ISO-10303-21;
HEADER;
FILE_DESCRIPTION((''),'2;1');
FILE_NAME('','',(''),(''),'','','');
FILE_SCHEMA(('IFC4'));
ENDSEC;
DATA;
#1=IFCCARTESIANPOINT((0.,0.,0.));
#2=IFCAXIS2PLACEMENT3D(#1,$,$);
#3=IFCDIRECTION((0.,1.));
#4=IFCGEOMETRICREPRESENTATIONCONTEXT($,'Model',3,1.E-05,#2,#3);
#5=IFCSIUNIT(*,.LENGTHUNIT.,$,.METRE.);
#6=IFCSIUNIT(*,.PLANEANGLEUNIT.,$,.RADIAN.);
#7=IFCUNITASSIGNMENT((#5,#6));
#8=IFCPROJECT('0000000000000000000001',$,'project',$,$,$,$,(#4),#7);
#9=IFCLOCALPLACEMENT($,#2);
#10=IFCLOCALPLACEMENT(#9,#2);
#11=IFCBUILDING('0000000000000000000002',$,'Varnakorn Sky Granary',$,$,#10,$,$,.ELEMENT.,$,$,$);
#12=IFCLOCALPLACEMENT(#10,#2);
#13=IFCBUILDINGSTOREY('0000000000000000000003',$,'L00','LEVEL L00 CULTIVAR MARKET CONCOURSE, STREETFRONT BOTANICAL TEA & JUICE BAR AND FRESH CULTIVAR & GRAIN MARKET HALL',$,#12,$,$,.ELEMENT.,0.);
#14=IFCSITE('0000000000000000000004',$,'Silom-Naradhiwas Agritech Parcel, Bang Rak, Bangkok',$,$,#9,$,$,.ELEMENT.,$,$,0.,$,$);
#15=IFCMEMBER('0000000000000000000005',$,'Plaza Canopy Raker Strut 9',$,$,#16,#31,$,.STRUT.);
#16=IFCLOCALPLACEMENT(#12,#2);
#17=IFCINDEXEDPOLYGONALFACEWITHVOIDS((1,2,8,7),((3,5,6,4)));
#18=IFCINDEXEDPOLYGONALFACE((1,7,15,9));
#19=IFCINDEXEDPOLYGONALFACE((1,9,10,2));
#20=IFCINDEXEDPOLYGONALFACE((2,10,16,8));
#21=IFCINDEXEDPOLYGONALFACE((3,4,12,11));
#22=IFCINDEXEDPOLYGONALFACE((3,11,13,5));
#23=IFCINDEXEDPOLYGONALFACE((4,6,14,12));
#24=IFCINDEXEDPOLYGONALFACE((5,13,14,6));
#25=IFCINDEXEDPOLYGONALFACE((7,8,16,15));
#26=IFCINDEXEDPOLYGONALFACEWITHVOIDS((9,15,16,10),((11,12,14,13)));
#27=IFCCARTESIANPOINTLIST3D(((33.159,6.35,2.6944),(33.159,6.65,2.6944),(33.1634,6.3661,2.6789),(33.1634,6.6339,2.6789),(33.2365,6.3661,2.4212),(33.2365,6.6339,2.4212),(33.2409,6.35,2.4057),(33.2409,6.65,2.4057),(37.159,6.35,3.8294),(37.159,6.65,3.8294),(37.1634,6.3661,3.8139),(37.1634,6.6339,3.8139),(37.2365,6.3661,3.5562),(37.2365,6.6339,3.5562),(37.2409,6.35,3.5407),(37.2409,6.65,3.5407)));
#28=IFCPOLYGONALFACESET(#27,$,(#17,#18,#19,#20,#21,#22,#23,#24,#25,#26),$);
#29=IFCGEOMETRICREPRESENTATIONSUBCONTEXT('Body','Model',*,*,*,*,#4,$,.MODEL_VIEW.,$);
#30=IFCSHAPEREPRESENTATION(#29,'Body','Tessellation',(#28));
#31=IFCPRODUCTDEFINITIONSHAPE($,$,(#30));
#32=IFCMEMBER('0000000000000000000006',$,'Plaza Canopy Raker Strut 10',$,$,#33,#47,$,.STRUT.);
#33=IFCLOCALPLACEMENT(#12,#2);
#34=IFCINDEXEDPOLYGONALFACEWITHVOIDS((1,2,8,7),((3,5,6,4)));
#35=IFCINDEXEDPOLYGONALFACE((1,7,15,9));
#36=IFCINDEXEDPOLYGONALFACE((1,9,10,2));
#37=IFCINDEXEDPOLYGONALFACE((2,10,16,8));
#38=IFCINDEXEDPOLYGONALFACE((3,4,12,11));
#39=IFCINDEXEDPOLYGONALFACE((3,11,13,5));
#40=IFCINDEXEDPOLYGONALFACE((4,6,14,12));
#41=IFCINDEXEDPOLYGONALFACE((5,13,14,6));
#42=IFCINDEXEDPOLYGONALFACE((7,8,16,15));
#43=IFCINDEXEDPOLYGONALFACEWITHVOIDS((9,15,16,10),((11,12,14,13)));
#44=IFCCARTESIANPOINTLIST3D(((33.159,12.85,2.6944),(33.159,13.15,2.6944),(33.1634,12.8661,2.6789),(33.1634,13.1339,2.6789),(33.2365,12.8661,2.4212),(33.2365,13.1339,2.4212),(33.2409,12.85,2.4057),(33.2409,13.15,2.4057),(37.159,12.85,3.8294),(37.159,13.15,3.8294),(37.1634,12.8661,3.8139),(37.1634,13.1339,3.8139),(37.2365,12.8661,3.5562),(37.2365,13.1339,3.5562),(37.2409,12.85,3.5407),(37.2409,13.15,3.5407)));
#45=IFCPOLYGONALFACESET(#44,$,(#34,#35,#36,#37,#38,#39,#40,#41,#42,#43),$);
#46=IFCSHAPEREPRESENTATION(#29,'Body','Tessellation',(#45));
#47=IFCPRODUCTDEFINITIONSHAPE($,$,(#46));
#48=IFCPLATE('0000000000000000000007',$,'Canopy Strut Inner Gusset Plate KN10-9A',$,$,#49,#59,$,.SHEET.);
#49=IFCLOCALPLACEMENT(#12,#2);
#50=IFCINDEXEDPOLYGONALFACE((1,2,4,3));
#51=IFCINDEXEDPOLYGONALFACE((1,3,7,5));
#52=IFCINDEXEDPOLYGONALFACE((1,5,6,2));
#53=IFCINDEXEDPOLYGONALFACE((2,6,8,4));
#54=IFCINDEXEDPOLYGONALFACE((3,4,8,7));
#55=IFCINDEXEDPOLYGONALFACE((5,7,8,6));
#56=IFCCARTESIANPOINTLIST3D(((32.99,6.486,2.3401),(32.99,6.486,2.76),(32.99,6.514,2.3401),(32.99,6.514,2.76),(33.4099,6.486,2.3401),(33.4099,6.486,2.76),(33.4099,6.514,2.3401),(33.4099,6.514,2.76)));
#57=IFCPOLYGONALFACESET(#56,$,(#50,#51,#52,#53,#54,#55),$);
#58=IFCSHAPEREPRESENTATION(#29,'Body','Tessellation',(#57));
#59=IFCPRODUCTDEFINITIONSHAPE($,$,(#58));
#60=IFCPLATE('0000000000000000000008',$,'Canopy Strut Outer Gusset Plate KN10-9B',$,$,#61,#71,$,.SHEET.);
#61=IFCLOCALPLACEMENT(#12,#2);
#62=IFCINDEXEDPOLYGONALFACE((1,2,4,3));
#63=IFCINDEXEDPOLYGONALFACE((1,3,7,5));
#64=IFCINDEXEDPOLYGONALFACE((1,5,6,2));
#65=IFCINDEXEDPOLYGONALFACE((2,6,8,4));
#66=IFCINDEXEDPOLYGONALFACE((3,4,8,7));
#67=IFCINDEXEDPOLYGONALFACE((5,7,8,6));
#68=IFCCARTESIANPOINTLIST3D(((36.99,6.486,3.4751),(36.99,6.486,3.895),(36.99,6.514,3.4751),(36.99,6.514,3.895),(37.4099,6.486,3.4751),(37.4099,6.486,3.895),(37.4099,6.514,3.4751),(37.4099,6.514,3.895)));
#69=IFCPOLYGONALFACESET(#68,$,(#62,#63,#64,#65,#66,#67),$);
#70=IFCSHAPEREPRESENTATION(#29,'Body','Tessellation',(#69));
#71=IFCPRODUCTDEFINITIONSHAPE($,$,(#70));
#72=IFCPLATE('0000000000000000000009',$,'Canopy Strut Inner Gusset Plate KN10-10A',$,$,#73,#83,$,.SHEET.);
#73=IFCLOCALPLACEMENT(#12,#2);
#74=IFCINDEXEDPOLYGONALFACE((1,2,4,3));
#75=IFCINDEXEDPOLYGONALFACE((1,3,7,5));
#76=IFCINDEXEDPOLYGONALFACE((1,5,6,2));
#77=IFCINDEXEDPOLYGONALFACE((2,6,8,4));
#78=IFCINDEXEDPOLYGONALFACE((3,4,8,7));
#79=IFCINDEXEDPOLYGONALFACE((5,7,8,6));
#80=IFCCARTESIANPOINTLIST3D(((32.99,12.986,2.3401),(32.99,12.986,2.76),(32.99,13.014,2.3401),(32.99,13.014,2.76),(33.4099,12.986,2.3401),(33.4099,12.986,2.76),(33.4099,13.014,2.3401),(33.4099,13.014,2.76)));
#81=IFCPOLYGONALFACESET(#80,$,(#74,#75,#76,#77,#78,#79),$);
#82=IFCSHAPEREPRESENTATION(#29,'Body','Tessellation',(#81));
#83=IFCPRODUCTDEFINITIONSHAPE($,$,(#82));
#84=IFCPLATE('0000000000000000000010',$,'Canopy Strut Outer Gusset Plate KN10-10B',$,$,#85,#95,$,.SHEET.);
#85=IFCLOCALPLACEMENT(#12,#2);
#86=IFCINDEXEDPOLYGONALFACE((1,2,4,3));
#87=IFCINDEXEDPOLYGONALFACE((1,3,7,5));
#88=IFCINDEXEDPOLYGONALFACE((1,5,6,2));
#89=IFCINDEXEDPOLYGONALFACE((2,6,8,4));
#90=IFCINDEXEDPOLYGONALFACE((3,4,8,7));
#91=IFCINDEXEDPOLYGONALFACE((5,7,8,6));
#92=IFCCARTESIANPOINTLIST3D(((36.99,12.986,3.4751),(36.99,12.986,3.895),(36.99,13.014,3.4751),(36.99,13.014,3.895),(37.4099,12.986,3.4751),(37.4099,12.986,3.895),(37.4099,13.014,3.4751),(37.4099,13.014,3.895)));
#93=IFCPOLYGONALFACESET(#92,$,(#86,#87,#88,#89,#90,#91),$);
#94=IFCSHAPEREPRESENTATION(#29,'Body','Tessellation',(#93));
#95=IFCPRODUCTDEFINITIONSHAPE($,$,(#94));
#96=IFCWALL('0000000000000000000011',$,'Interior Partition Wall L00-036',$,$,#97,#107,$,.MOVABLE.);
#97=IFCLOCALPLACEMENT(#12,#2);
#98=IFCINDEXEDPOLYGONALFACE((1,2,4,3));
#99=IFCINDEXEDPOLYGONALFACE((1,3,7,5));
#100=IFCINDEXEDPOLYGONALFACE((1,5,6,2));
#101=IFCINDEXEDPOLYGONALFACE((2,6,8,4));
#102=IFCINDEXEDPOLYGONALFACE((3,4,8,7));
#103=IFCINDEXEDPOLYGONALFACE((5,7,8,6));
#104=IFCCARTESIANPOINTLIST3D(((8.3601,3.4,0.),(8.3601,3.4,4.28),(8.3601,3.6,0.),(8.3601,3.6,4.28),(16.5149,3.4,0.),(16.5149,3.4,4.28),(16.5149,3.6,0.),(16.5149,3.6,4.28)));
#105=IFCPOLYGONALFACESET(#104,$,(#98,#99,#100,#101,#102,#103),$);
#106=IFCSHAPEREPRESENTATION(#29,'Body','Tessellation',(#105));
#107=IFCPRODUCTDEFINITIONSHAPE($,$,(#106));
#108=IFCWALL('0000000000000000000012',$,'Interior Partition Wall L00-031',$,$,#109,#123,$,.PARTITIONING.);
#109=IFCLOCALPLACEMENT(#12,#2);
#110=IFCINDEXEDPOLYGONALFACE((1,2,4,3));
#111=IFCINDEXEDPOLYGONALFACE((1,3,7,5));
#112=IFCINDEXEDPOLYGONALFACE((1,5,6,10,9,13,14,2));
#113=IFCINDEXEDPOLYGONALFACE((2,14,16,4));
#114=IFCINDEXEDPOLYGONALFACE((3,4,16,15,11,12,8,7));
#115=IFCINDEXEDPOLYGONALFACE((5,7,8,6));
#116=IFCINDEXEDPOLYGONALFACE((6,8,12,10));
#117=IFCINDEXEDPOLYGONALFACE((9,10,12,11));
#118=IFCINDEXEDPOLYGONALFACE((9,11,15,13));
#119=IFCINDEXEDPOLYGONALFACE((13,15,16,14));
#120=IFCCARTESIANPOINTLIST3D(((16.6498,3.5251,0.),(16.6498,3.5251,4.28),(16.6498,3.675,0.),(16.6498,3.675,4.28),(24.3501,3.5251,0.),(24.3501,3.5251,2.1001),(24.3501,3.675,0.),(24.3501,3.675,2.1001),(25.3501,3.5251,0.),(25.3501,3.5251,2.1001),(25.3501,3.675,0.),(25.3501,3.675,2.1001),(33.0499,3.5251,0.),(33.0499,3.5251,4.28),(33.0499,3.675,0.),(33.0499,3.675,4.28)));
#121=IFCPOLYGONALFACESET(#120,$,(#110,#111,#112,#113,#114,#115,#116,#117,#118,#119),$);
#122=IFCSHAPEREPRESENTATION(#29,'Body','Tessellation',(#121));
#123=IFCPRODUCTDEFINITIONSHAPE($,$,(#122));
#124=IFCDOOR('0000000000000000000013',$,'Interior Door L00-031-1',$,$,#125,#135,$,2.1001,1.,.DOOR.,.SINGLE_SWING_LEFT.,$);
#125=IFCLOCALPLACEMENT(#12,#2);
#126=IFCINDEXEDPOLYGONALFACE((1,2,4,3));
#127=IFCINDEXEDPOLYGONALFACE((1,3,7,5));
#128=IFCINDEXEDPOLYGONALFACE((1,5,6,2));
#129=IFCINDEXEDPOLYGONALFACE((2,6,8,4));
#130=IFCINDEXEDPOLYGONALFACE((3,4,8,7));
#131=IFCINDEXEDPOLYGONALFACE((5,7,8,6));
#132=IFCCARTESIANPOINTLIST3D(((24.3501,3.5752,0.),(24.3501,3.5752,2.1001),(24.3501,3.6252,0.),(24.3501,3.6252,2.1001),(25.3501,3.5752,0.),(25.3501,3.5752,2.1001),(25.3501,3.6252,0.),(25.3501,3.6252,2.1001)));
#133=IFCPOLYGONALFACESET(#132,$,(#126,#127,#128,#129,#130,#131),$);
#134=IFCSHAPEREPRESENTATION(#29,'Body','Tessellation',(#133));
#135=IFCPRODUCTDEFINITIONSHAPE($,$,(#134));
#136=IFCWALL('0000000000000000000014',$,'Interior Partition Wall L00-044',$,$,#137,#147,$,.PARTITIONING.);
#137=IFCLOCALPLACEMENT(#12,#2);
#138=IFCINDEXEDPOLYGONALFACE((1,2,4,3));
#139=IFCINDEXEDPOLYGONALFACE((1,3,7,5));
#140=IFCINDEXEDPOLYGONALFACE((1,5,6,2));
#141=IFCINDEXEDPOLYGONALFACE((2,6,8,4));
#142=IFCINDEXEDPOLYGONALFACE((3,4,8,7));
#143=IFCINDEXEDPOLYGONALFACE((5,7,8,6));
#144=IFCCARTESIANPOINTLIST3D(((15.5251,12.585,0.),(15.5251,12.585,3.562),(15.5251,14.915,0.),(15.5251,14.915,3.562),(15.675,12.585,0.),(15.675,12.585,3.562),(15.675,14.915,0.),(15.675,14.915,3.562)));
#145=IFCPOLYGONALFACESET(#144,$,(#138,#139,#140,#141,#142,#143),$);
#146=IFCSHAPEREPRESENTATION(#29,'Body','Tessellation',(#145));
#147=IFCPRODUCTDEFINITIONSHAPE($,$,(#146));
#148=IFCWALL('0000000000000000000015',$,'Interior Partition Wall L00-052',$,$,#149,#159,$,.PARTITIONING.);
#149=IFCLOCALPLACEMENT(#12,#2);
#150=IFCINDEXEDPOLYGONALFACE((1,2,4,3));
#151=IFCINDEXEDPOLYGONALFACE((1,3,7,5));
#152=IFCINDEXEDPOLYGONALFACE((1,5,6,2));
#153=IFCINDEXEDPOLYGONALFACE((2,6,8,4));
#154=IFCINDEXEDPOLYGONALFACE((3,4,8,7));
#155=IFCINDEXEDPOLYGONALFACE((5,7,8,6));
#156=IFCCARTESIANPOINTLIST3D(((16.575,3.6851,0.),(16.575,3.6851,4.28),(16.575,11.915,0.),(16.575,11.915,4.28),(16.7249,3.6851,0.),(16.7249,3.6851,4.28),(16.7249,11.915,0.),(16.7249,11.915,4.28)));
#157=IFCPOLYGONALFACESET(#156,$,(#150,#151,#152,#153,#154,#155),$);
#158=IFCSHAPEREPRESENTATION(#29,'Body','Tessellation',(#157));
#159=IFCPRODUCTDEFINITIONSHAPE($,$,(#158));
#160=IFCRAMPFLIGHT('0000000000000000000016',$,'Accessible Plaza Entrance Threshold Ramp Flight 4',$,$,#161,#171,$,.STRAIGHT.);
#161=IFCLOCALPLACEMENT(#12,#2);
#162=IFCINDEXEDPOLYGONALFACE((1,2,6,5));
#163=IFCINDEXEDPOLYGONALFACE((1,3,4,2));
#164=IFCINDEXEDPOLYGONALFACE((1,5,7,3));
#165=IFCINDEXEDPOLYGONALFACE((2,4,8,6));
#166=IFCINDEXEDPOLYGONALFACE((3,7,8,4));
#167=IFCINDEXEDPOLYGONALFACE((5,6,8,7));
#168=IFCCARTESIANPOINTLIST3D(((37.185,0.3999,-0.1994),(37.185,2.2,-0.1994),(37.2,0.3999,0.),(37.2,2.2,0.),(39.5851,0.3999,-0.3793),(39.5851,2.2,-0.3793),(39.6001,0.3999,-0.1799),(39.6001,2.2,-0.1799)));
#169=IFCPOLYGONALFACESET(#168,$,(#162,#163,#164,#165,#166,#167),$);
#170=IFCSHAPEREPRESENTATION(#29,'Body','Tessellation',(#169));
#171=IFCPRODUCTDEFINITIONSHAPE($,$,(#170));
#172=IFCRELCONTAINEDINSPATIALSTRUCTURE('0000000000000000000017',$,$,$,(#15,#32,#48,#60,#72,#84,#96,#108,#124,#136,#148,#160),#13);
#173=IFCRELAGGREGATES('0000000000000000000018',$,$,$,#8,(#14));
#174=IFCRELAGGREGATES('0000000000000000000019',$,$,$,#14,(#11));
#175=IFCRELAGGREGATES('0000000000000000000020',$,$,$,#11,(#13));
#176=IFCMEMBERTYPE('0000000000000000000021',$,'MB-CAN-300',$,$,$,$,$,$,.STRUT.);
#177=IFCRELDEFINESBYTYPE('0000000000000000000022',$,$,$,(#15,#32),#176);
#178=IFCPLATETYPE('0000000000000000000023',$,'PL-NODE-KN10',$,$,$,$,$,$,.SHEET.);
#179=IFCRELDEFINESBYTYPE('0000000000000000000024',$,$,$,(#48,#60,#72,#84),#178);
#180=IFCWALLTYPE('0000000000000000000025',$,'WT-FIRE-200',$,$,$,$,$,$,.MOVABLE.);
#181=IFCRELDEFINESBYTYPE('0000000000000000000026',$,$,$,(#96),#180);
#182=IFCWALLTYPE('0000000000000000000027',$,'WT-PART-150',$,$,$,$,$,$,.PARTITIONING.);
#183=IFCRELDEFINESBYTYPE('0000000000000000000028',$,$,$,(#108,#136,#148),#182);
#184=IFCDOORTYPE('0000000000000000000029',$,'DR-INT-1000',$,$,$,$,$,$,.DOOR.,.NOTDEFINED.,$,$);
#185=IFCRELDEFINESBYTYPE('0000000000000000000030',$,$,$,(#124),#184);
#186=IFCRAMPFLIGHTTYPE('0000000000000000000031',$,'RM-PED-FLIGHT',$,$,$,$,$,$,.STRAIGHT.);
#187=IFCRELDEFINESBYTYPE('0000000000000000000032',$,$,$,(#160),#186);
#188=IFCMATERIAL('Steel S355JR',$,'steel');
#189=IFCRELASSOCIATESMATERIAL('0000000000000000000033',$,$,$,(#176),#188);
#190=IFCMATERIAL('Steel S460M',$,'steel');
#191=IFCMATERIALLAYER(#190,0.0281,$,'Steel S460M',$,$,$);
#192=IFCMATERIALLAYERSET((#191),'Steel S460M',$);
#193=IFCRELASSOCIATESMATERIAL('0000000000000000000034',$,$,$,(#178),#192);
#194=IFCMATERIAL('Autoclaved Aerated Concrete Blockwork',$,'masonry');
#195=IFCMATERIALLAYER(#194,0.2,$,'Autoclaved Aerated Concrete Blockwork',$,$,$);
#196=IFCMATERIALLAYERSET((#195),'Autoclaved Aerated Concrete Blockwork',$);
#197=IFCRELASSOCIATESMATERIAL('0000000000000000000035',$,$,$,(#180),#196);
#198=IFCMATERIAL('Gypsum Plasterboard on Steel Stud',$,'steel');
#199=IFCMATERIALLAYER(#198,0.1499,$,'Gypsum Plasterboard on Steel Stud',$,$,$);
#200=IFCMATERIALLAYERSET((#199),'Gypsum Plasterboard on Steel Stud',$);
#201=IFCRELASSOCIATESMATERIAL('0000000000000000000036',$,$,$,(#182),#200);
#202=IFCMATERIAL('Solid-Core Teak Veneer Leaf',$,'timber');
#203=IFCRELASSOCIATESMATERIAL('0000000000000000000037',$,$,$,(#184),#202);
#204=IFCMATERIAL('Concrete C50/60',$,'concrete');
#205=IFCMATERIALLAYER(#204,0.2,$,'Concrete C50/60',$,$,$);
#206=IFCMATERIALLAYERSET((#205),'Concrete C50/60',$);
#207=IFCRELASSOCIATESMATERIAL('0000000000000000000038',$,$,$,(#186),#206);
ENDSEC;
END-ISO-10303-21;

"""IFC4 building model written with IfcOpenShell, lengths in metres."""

from ifc_helpers import new_model, si_unit, direction, frame, frame_2d, origin, origin_2d, place, context, subcontext, project, spatial, polyline, rectangle, hollow_rectangle, outline, extrude, material, layer, layer_set, material_profile, profile_set, type_object, element, fill, save


model = new_model("IFC4")

# Units and contexts
model_context = context("Model", 3, precision=1e-05, world=origin(), true_north=direction((0.0, 1.0)))
body_context = subcontext(model_context, "Body", "Model", "MODEL_VIEW")
ifc_project = project(units=[si_unit("LENGTHUNIT", "METRE"), si_unit("PLANEANGLEUNIT", "RADIAN")], contexts=[model_context])

# Site, building, storey
site_placement = place(None, origin())
site = spatial("IfcSite", under=ifc_project, at=site_placement, Name="Silom-Naradhiwas Agritech Parcel, Bang Rak, Bangkok", CompositionType="ELEMENT", RefElevation=0.0)
building_placement = place(site_placement, origin())
building = spatial("IfcBuilding", under=site, at=building_placement, Name="Varnakorn Sky Granary", CompositionType="ELEMENT")
storey_placement = place(building_placement, origin())
storey = spatial("IfcBuildingStorey", under=building, at=storey_placement, Name="L00", Description="LEVEL L00 CULTIVAR MARKET CONCOURSE, STREETFRONT BOTANICAL TEA & JUICE BAR AND FRESH CULTIVAR & GRAIN MARKET HALL", CompositionType="ELEMENT", Elevation=0.0)

# Shared definitions
ifc_material_1 = material(Name="Concrete C50/60", Category="concrete")

# Shared definitions
ifc_material_2 = material(Name="Steel S460M", Category="steel")

# Shared definitions
ifc_material_3 = material(Name="Steel S355JR", Category="steel")

# Members
ifc_material_profile_1 = material_profile(ifc_material_3, hollow_rectangle(XDim=0.3, YDim=0.3, WallThickness=0.0161, at=origin_2d()), Name="SHS 300x300x16")
ifc_profile_set_1 = profile_set([ifc_material_profile_1], Name="Steel S355JR")
member_type = type_object("IfcMemberType", Name="MB-CAN-300", PredefinedType="STRUT", material=ifc_profile_set_1)
for number, where, z_axis, x_axis, name in (
    (1, (33.2, 6.5, 2.55), (0.962021, 0.0, 0.272976), (0.0, 1.0, 0.0), "Plaza Canopy Raker Strut 9"),
    (2, (33.2, 13.0, 2.55), (0.962021, 0.0, 0.272976), (0.0, 1.0, 0.0), "Plaza Canopy Raker Strut 10"),
):
    element("IfcMember", number, at=place(storey_placement, frame(where, z_axis=z_axis, x_axis=x_axis)), inside=storey, type_object=member_type, Name=name, PredefinedType="STRUT", context=body_context, shape_type="SweptSolid", body=[
        extrude(hollow_rectangle(XDim=0.3, YDim=0.3, WallThickness=0.0161, at=origin_2d()), origin(), (0.0, 0.0, 1.0), 4.158),
    ])

# Plates
ifc_layer_1 = layer(ifc_material_2, 0.0281, Name="Steel S460M")
ifc_layer_set_1 = layer_set([ifc_layer_1], Name="Steel S460M")
plate_type = type_object("IfcPlateType", Name="PL-NODE-KN10", PredefinedType="SHEET", material=ifc_layer_set_1)
for number, where, z_axis, x_axis, name in (
    (3, (33.2, 6.5, 2.3401), (0.0, 0.0, 1.0), (1.0, 0.0, 0.0), "Canopy Strut Inner Gusset Plate KN10-9A"),
    (4, (37.2, 6.5, 3.4751), (0.0, 0.0, 1.0), (1.0, 0.0, 0.0), "Canopy Strut Outer Gusset Plate KN10-9B"),
    (5, (33.2, 13.0, 2.3401), (0.0, 0.0, 1.0), (1.0, 0.0, 0.0), "Canopy Strut Inner Gusset Plate KN10-10A"),
    (6, (37.2, 13.0, 3.4751), (0.0, 0.0, 1.0), (1.0, 0.0, 0.0), "Canopy Strut Outer Gusset Plate KN10-10B"),
):
    element("IfcPlate", number, at=place(storey_placement, frame(where, z_axis=z_axis, x_axis=x_axis)), inside=storey, type_object=plate_type, Name=name, PredefinedType="SHEET", context=body_context, shape_type="SweptSolid", body=[
        extrude(rectangle(XDim=0.4199, YDim=0.0281, at=origin_2d()), origin(), (0.0, 0.0, 1.0), 0.4199),
    ])

# Wall
ifc_material_4 = material(Name="Autoclaved Aerated Concrete Blockwork", Category="masonry")
ifc_layer_2 = layer(ifc_material_4, 0.2, Name="Autoclaved Aerated Concrete Blockwork")
ifc_layer_set_2 = layer_set([ifc_layer_2], Name="Autoclaved Aerated Concrete Blockwork")
wall_type_1 = type_object("IfcWallType", Name="WT-FIRE-200", PredefinedType="MOVABLE", material=ifc_layer_set_2)
wall_1_placement = place(storey_placement, frame((16.5149, 3.5, 0.0), z_axis=(0.0, 0.0, 1.0), x_axis=(-1.0, 0.0, 0.0)))
element("IfcWall", 7, at=wall_1_placement, inside=storey, type_object=wall_type_1, Name="Interior Partition Wall L00-036", PredefinedType="MOVABLE", context=body_context, shape_type="SweptSolid", body=[
    extrude(rectangle(XDim=8.1548, YDim=0.2, at=frame_2d((4.0774, 0.0))), origin(), (0.0, 0.0, 1.0), 4.28),
])

# Wall, opening, door
ifc_material_5 = material(Name="Gypsum Plasterboard on Steel Stud", Category="steel")
ifc_layer_3 = layer(ifc_material_5, 0.1499, Name="Gypsum Plasterboard on Steel Stud")
ifc_layer_set_3 = layer_set([ifc_layer_3], Name="Gypsum Plasterboard on Steel Stud")
wall_type_2 = type_object("IfcWallType", Name="WT-PART-150", PredefinedType="PARTITIONING", material=ifc_layer_set_3)
wall_2_placement = place(storey_placement, frame((33.05, 3.6001, 0.0), z_axis=(0.0, 0.0, 1.0), x_axis=(-1.0, 0.0, 0.0)))
wall_2 = element("IfcWall", 8, at=wall_2_placement, inside=storey, type_object=wall_type_2, Name="Interior Partition Wall L00-031", PredefinedType="PARTITIONING", context=body_context, shape_type="SweptSolid", body=[
    extrude(rectangle(XDim=16.4001, YDim=0.1499, at=frame_2d((8.2002, 0.0))), origin(), (0.0, 0.0, 1.0), 4.28),
])
opening_placement = place(wall_2_placement, frame((7.7, 0.0, 0.0)))
opening = element("IfcOpeningElement", 9, at=opening_placement, cuts=wall_2, PredefinedType="OPENING", context=body_context, shape_type="SweptSolid", body=[
    extrude(rectangle(XDim=1.0, YDim=2.1001, at=frame_2d((0.5, 1.05))), frame((0.0, 0.085, 0.0), z_axis=(0.0, -1.0, 0.0), x_axis=(1.0, 0.0, 0.0)), (0.0, 0.0, 1.0), 0.1699),
])
ifc_material_6 = material(Name="Solid-Core Teak Veneer Leaf", Category="timber")
door_type = type_object("IfcDoorType", Name="DR-INT-1000", OperationType="NOTDEFINED", PredefinedType="DOOR", material=ifc_material_6)
door_placement = place(opening_placement, origin())
door = element("IfcDoor", 10, at=door_placement, inside=storey, type_object=door_type, Name="Interior Door L00-031-1", OperationType="SINGLE_SWING_LEFT", OverallHeight=2.1001, OverallWidth=1.0, PredefinedType="DOOR", context=body_context, shape_type="SweptSolid", body=[
    extrude(rectangle(XDim=1.0, YDim=2.1001, at=frame_2d((0.5, 1.05))), frame((0.0, 0.0249, 0.0), z_axis=(0.0, -1.0, 0.0), x_axis=(1.0, 0.0, 0.0)), (0.0, 0.0, 1.0), 0.05),
])
fill(opening, door)

# Walls
wall_3_placement = place(storey_placement, frame((15.6001, 12.585, 0.0), z_axis=(0.0, 0.0, 1.0), x_axis=(0.0, 1.0, 0.0)))
element("IfcWall", 11, at=wall_3_placement, inside=storey, type_object=wall_type_2, Name="Interior Partition Wall L00-044", PredefinedType="PARTITIONING", context=body_context, shape_type="SweptSolid", body=[
    extrude(rectangle(XDim=2.3301, YDim=0.1499, at=frame_2d((1.165, 0.0))), origin(), (0.0, 0.0, 1.0), 3.562),
])
wall_4_placement = place(storey_placement, frame((16.6499, 11.915, 0.0), z_axis=(0.0, 0.0, 1.0), x_axis=(0.0, -1.0, 0.0)))
element("IfcWall", 12, at=wall_4_placement, inside=storey, type_object=wall_type_2, Name="Interior Partition Wall L00-052", PredefinedType="PARTITIONING", context=body_context, shape_type="SweptSolid", body=[
    extrude(rectangle(XDim=8.23, YDim=0.1499, at=frame_2d((4.115, 0.0))), origin(), (0.0, 0.0, 1.0), 4.28),
])

# Ramp flight
ifc_layer_4 = layer(ifc_material_1, 0.2, Name="Concrete C50/60")
ifc_layer_set_4 = layer_set([ifc_layer_4], Name="Concrete C50/60")
ramp_flight_type = type_object("IfcRampFlightType", Name="RM-PED-FLIGHT", PredefinedType="STRAIGHT", material=ifc_layer_set_4)
ramp_flight_placement = place(storey_placement, frame((37.2, 0.3999, 0.0), z_axis=(0.074757, 0.0, 0.997202), x_axis=(0.997202, 0.0, -0.074757)))
element("IfcRampFlight", 13, at=ramp_flight_placement, inside=storey, type_object=ramp_flight_type, Name="Accessible Plaza Entrance Threshold Ramp Flight 4", PredefinedType="STRAIGHT", context=body_context, shape_type="SweptSolid", body=[
    extrude(outline(polyline([(0.0, 0.0), (2.4069, 0.0), (2.4069, 1.8), (0.0, 1.8), (0.0, 0.0)])), origin(), (0.0, 0.0, -1.0), 0.2),
])

save(model, "model.ifc")
